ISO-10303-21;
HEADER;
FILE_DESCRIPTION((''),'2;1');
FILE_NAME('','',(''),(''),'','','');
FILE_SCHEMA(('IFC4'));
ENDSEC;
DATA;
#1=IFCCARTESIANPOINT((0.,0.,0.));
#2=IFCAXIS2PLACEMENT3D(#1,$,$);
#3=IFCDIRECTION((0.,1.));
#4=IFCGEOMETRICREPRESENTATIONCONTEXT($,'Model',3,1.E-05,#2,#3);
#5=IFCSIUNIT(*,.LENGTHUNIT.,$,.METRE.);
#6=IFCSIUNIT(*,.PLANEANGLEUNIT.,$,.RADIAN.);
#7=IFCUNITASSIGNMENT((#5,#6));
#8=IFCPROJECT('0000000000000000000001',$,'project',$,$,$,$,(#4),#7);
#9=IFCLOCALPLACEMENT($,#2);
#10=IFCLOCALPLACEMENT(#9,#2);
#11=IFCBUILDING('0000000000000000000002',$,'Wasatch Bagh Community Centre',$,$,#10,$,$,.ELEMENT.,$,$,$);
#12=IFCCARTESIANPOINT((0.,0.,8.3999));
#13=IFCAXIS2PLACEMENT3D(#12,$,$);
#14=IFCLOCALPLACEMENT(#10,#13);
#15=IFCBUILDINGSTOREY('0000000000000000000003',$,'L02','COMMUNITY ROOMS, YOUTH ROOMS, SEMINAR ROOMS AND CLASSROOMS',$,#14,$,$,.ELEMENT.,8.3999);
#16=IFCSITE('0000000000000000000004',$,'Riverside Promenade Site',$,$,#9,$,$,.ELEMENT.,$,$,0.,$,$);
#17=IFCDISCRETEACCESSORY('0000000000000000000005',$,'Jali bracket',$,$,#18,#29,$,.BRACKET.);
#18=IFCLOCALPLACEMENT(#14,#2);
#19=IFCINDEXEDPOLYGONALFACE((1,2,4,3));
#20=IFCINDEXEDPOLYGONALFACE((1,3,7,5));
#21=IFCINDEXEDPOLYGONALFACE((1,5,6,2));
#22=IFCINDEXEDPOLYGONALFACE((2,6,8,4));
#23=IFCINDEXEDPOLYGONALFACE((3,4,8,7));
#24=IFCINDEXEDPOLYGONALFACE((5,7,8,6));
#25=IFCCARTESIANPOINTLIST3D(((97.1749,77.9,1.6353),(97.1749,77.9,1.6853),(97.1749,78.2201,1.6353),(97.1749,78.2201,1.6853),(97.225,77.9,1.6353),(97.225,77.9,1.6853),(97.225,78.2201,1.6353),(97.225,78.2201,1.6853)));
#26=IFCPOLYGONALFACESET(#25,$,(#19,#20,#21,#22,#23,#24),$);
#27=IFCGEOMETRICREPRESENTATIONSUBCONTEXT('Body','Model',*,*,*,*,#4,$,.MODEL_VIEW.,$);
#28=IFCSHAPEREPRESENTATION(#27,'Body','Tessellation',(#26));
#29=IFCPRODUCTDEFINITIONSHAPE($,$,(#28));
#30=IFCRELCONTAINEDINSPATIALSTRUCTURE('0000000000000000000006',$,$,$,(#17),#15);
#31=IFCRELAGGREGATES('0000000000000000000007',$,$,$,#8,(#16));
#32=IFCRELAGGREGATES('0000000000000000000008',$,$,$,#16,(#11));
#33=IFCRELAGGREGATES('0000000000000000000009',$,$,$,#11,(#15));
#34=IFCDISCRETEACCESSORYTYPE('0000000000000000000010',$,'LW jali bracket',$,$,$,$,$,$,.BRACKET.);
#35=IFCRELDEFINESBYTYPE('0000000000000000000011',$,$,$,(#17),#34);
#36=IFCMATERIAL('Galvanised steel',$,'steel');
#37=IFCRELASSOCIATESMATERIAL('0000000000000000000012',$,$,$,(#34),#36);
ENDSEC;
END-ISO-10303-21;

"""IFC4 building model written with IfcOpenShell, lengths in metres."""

from ifc_helpers import new_model, si_unit, direction, frame, origin, origin_2d, place, context, subcontext, project, spatial, rectangle, extrude, material, type_object, element, save


model = new_model("IFC4")

# Units and contexts
model_context = context("Model", 3, precision=1e-05, world=origin(), true_north=direction((0.0, 1.0)))
body_context = subcontext(model_context, "Body", "Model", "MODEL_VIEW")
ifc_project = project(units=[si_unit("LENGTHUNIT", "METRE"), si_unit("PLANEANGLEUNIT", "RADIAN")], contexts=[model_context])

# Site, building, storey
site_placement = place(None, origin())
site = spatial("IfcSite", under=ifc_project, at=site_placement, Name="Riverside Promenade Site", CompositionType="ELEMENT", RefElevation=0.0)
building_placement = place(site_placement, origin())
building = spatial("IfcBuilding", under=site, at=building_placement, Name="Wasatch Bagh Community Centre", CompositionType="ELEMENT")
storey_placement = place(building_placement, frame((0.0, 0.0, 8.3999)))
storey = spatial("IfcBuildingStorey", under=building, at=storey_placement, Name="L02", Description="COMMUNITY ROOMS, YOUTH ROOMS, SEMINAR ROOMS AND CLASSROOMS", CompositionType="ELEMENT", Elevation=8.3999)

# Discrete accessory
ifc_material_1 = material(Name="Galvanised steel", Category="steel")
discrete_accessory_type = type_object("IfcDiscreteAccessoryType", Name="LW jali bracket", PredefinedType="BRACKET", material=ifc_material_1)
for number, where, z_axis, x_axis, name in (
    (1, (97.2, 78.0601, 1.6353), (0.0, 0.0, 1.0), (1.0, 0.0, 0.0), "Jali bracket"),
):
    element("IfcDiscreteAccessory", number, at=place(storey_placement, frame(where, z_axis=z_axis, x_axis=x_axis)), inside=storey, type_object=discrete_accessory_type, Name=name, PredefinedType="BRACKET", context=body_context, shape_type="SweptSolid", body=[
        extrude(rectangle(XDim=0.05, YDim=0.3201, at=origin_2d()), origin(), (0.0, 0.0, 1.0), 0.05),
    ])

save(model, "model.ifc")
